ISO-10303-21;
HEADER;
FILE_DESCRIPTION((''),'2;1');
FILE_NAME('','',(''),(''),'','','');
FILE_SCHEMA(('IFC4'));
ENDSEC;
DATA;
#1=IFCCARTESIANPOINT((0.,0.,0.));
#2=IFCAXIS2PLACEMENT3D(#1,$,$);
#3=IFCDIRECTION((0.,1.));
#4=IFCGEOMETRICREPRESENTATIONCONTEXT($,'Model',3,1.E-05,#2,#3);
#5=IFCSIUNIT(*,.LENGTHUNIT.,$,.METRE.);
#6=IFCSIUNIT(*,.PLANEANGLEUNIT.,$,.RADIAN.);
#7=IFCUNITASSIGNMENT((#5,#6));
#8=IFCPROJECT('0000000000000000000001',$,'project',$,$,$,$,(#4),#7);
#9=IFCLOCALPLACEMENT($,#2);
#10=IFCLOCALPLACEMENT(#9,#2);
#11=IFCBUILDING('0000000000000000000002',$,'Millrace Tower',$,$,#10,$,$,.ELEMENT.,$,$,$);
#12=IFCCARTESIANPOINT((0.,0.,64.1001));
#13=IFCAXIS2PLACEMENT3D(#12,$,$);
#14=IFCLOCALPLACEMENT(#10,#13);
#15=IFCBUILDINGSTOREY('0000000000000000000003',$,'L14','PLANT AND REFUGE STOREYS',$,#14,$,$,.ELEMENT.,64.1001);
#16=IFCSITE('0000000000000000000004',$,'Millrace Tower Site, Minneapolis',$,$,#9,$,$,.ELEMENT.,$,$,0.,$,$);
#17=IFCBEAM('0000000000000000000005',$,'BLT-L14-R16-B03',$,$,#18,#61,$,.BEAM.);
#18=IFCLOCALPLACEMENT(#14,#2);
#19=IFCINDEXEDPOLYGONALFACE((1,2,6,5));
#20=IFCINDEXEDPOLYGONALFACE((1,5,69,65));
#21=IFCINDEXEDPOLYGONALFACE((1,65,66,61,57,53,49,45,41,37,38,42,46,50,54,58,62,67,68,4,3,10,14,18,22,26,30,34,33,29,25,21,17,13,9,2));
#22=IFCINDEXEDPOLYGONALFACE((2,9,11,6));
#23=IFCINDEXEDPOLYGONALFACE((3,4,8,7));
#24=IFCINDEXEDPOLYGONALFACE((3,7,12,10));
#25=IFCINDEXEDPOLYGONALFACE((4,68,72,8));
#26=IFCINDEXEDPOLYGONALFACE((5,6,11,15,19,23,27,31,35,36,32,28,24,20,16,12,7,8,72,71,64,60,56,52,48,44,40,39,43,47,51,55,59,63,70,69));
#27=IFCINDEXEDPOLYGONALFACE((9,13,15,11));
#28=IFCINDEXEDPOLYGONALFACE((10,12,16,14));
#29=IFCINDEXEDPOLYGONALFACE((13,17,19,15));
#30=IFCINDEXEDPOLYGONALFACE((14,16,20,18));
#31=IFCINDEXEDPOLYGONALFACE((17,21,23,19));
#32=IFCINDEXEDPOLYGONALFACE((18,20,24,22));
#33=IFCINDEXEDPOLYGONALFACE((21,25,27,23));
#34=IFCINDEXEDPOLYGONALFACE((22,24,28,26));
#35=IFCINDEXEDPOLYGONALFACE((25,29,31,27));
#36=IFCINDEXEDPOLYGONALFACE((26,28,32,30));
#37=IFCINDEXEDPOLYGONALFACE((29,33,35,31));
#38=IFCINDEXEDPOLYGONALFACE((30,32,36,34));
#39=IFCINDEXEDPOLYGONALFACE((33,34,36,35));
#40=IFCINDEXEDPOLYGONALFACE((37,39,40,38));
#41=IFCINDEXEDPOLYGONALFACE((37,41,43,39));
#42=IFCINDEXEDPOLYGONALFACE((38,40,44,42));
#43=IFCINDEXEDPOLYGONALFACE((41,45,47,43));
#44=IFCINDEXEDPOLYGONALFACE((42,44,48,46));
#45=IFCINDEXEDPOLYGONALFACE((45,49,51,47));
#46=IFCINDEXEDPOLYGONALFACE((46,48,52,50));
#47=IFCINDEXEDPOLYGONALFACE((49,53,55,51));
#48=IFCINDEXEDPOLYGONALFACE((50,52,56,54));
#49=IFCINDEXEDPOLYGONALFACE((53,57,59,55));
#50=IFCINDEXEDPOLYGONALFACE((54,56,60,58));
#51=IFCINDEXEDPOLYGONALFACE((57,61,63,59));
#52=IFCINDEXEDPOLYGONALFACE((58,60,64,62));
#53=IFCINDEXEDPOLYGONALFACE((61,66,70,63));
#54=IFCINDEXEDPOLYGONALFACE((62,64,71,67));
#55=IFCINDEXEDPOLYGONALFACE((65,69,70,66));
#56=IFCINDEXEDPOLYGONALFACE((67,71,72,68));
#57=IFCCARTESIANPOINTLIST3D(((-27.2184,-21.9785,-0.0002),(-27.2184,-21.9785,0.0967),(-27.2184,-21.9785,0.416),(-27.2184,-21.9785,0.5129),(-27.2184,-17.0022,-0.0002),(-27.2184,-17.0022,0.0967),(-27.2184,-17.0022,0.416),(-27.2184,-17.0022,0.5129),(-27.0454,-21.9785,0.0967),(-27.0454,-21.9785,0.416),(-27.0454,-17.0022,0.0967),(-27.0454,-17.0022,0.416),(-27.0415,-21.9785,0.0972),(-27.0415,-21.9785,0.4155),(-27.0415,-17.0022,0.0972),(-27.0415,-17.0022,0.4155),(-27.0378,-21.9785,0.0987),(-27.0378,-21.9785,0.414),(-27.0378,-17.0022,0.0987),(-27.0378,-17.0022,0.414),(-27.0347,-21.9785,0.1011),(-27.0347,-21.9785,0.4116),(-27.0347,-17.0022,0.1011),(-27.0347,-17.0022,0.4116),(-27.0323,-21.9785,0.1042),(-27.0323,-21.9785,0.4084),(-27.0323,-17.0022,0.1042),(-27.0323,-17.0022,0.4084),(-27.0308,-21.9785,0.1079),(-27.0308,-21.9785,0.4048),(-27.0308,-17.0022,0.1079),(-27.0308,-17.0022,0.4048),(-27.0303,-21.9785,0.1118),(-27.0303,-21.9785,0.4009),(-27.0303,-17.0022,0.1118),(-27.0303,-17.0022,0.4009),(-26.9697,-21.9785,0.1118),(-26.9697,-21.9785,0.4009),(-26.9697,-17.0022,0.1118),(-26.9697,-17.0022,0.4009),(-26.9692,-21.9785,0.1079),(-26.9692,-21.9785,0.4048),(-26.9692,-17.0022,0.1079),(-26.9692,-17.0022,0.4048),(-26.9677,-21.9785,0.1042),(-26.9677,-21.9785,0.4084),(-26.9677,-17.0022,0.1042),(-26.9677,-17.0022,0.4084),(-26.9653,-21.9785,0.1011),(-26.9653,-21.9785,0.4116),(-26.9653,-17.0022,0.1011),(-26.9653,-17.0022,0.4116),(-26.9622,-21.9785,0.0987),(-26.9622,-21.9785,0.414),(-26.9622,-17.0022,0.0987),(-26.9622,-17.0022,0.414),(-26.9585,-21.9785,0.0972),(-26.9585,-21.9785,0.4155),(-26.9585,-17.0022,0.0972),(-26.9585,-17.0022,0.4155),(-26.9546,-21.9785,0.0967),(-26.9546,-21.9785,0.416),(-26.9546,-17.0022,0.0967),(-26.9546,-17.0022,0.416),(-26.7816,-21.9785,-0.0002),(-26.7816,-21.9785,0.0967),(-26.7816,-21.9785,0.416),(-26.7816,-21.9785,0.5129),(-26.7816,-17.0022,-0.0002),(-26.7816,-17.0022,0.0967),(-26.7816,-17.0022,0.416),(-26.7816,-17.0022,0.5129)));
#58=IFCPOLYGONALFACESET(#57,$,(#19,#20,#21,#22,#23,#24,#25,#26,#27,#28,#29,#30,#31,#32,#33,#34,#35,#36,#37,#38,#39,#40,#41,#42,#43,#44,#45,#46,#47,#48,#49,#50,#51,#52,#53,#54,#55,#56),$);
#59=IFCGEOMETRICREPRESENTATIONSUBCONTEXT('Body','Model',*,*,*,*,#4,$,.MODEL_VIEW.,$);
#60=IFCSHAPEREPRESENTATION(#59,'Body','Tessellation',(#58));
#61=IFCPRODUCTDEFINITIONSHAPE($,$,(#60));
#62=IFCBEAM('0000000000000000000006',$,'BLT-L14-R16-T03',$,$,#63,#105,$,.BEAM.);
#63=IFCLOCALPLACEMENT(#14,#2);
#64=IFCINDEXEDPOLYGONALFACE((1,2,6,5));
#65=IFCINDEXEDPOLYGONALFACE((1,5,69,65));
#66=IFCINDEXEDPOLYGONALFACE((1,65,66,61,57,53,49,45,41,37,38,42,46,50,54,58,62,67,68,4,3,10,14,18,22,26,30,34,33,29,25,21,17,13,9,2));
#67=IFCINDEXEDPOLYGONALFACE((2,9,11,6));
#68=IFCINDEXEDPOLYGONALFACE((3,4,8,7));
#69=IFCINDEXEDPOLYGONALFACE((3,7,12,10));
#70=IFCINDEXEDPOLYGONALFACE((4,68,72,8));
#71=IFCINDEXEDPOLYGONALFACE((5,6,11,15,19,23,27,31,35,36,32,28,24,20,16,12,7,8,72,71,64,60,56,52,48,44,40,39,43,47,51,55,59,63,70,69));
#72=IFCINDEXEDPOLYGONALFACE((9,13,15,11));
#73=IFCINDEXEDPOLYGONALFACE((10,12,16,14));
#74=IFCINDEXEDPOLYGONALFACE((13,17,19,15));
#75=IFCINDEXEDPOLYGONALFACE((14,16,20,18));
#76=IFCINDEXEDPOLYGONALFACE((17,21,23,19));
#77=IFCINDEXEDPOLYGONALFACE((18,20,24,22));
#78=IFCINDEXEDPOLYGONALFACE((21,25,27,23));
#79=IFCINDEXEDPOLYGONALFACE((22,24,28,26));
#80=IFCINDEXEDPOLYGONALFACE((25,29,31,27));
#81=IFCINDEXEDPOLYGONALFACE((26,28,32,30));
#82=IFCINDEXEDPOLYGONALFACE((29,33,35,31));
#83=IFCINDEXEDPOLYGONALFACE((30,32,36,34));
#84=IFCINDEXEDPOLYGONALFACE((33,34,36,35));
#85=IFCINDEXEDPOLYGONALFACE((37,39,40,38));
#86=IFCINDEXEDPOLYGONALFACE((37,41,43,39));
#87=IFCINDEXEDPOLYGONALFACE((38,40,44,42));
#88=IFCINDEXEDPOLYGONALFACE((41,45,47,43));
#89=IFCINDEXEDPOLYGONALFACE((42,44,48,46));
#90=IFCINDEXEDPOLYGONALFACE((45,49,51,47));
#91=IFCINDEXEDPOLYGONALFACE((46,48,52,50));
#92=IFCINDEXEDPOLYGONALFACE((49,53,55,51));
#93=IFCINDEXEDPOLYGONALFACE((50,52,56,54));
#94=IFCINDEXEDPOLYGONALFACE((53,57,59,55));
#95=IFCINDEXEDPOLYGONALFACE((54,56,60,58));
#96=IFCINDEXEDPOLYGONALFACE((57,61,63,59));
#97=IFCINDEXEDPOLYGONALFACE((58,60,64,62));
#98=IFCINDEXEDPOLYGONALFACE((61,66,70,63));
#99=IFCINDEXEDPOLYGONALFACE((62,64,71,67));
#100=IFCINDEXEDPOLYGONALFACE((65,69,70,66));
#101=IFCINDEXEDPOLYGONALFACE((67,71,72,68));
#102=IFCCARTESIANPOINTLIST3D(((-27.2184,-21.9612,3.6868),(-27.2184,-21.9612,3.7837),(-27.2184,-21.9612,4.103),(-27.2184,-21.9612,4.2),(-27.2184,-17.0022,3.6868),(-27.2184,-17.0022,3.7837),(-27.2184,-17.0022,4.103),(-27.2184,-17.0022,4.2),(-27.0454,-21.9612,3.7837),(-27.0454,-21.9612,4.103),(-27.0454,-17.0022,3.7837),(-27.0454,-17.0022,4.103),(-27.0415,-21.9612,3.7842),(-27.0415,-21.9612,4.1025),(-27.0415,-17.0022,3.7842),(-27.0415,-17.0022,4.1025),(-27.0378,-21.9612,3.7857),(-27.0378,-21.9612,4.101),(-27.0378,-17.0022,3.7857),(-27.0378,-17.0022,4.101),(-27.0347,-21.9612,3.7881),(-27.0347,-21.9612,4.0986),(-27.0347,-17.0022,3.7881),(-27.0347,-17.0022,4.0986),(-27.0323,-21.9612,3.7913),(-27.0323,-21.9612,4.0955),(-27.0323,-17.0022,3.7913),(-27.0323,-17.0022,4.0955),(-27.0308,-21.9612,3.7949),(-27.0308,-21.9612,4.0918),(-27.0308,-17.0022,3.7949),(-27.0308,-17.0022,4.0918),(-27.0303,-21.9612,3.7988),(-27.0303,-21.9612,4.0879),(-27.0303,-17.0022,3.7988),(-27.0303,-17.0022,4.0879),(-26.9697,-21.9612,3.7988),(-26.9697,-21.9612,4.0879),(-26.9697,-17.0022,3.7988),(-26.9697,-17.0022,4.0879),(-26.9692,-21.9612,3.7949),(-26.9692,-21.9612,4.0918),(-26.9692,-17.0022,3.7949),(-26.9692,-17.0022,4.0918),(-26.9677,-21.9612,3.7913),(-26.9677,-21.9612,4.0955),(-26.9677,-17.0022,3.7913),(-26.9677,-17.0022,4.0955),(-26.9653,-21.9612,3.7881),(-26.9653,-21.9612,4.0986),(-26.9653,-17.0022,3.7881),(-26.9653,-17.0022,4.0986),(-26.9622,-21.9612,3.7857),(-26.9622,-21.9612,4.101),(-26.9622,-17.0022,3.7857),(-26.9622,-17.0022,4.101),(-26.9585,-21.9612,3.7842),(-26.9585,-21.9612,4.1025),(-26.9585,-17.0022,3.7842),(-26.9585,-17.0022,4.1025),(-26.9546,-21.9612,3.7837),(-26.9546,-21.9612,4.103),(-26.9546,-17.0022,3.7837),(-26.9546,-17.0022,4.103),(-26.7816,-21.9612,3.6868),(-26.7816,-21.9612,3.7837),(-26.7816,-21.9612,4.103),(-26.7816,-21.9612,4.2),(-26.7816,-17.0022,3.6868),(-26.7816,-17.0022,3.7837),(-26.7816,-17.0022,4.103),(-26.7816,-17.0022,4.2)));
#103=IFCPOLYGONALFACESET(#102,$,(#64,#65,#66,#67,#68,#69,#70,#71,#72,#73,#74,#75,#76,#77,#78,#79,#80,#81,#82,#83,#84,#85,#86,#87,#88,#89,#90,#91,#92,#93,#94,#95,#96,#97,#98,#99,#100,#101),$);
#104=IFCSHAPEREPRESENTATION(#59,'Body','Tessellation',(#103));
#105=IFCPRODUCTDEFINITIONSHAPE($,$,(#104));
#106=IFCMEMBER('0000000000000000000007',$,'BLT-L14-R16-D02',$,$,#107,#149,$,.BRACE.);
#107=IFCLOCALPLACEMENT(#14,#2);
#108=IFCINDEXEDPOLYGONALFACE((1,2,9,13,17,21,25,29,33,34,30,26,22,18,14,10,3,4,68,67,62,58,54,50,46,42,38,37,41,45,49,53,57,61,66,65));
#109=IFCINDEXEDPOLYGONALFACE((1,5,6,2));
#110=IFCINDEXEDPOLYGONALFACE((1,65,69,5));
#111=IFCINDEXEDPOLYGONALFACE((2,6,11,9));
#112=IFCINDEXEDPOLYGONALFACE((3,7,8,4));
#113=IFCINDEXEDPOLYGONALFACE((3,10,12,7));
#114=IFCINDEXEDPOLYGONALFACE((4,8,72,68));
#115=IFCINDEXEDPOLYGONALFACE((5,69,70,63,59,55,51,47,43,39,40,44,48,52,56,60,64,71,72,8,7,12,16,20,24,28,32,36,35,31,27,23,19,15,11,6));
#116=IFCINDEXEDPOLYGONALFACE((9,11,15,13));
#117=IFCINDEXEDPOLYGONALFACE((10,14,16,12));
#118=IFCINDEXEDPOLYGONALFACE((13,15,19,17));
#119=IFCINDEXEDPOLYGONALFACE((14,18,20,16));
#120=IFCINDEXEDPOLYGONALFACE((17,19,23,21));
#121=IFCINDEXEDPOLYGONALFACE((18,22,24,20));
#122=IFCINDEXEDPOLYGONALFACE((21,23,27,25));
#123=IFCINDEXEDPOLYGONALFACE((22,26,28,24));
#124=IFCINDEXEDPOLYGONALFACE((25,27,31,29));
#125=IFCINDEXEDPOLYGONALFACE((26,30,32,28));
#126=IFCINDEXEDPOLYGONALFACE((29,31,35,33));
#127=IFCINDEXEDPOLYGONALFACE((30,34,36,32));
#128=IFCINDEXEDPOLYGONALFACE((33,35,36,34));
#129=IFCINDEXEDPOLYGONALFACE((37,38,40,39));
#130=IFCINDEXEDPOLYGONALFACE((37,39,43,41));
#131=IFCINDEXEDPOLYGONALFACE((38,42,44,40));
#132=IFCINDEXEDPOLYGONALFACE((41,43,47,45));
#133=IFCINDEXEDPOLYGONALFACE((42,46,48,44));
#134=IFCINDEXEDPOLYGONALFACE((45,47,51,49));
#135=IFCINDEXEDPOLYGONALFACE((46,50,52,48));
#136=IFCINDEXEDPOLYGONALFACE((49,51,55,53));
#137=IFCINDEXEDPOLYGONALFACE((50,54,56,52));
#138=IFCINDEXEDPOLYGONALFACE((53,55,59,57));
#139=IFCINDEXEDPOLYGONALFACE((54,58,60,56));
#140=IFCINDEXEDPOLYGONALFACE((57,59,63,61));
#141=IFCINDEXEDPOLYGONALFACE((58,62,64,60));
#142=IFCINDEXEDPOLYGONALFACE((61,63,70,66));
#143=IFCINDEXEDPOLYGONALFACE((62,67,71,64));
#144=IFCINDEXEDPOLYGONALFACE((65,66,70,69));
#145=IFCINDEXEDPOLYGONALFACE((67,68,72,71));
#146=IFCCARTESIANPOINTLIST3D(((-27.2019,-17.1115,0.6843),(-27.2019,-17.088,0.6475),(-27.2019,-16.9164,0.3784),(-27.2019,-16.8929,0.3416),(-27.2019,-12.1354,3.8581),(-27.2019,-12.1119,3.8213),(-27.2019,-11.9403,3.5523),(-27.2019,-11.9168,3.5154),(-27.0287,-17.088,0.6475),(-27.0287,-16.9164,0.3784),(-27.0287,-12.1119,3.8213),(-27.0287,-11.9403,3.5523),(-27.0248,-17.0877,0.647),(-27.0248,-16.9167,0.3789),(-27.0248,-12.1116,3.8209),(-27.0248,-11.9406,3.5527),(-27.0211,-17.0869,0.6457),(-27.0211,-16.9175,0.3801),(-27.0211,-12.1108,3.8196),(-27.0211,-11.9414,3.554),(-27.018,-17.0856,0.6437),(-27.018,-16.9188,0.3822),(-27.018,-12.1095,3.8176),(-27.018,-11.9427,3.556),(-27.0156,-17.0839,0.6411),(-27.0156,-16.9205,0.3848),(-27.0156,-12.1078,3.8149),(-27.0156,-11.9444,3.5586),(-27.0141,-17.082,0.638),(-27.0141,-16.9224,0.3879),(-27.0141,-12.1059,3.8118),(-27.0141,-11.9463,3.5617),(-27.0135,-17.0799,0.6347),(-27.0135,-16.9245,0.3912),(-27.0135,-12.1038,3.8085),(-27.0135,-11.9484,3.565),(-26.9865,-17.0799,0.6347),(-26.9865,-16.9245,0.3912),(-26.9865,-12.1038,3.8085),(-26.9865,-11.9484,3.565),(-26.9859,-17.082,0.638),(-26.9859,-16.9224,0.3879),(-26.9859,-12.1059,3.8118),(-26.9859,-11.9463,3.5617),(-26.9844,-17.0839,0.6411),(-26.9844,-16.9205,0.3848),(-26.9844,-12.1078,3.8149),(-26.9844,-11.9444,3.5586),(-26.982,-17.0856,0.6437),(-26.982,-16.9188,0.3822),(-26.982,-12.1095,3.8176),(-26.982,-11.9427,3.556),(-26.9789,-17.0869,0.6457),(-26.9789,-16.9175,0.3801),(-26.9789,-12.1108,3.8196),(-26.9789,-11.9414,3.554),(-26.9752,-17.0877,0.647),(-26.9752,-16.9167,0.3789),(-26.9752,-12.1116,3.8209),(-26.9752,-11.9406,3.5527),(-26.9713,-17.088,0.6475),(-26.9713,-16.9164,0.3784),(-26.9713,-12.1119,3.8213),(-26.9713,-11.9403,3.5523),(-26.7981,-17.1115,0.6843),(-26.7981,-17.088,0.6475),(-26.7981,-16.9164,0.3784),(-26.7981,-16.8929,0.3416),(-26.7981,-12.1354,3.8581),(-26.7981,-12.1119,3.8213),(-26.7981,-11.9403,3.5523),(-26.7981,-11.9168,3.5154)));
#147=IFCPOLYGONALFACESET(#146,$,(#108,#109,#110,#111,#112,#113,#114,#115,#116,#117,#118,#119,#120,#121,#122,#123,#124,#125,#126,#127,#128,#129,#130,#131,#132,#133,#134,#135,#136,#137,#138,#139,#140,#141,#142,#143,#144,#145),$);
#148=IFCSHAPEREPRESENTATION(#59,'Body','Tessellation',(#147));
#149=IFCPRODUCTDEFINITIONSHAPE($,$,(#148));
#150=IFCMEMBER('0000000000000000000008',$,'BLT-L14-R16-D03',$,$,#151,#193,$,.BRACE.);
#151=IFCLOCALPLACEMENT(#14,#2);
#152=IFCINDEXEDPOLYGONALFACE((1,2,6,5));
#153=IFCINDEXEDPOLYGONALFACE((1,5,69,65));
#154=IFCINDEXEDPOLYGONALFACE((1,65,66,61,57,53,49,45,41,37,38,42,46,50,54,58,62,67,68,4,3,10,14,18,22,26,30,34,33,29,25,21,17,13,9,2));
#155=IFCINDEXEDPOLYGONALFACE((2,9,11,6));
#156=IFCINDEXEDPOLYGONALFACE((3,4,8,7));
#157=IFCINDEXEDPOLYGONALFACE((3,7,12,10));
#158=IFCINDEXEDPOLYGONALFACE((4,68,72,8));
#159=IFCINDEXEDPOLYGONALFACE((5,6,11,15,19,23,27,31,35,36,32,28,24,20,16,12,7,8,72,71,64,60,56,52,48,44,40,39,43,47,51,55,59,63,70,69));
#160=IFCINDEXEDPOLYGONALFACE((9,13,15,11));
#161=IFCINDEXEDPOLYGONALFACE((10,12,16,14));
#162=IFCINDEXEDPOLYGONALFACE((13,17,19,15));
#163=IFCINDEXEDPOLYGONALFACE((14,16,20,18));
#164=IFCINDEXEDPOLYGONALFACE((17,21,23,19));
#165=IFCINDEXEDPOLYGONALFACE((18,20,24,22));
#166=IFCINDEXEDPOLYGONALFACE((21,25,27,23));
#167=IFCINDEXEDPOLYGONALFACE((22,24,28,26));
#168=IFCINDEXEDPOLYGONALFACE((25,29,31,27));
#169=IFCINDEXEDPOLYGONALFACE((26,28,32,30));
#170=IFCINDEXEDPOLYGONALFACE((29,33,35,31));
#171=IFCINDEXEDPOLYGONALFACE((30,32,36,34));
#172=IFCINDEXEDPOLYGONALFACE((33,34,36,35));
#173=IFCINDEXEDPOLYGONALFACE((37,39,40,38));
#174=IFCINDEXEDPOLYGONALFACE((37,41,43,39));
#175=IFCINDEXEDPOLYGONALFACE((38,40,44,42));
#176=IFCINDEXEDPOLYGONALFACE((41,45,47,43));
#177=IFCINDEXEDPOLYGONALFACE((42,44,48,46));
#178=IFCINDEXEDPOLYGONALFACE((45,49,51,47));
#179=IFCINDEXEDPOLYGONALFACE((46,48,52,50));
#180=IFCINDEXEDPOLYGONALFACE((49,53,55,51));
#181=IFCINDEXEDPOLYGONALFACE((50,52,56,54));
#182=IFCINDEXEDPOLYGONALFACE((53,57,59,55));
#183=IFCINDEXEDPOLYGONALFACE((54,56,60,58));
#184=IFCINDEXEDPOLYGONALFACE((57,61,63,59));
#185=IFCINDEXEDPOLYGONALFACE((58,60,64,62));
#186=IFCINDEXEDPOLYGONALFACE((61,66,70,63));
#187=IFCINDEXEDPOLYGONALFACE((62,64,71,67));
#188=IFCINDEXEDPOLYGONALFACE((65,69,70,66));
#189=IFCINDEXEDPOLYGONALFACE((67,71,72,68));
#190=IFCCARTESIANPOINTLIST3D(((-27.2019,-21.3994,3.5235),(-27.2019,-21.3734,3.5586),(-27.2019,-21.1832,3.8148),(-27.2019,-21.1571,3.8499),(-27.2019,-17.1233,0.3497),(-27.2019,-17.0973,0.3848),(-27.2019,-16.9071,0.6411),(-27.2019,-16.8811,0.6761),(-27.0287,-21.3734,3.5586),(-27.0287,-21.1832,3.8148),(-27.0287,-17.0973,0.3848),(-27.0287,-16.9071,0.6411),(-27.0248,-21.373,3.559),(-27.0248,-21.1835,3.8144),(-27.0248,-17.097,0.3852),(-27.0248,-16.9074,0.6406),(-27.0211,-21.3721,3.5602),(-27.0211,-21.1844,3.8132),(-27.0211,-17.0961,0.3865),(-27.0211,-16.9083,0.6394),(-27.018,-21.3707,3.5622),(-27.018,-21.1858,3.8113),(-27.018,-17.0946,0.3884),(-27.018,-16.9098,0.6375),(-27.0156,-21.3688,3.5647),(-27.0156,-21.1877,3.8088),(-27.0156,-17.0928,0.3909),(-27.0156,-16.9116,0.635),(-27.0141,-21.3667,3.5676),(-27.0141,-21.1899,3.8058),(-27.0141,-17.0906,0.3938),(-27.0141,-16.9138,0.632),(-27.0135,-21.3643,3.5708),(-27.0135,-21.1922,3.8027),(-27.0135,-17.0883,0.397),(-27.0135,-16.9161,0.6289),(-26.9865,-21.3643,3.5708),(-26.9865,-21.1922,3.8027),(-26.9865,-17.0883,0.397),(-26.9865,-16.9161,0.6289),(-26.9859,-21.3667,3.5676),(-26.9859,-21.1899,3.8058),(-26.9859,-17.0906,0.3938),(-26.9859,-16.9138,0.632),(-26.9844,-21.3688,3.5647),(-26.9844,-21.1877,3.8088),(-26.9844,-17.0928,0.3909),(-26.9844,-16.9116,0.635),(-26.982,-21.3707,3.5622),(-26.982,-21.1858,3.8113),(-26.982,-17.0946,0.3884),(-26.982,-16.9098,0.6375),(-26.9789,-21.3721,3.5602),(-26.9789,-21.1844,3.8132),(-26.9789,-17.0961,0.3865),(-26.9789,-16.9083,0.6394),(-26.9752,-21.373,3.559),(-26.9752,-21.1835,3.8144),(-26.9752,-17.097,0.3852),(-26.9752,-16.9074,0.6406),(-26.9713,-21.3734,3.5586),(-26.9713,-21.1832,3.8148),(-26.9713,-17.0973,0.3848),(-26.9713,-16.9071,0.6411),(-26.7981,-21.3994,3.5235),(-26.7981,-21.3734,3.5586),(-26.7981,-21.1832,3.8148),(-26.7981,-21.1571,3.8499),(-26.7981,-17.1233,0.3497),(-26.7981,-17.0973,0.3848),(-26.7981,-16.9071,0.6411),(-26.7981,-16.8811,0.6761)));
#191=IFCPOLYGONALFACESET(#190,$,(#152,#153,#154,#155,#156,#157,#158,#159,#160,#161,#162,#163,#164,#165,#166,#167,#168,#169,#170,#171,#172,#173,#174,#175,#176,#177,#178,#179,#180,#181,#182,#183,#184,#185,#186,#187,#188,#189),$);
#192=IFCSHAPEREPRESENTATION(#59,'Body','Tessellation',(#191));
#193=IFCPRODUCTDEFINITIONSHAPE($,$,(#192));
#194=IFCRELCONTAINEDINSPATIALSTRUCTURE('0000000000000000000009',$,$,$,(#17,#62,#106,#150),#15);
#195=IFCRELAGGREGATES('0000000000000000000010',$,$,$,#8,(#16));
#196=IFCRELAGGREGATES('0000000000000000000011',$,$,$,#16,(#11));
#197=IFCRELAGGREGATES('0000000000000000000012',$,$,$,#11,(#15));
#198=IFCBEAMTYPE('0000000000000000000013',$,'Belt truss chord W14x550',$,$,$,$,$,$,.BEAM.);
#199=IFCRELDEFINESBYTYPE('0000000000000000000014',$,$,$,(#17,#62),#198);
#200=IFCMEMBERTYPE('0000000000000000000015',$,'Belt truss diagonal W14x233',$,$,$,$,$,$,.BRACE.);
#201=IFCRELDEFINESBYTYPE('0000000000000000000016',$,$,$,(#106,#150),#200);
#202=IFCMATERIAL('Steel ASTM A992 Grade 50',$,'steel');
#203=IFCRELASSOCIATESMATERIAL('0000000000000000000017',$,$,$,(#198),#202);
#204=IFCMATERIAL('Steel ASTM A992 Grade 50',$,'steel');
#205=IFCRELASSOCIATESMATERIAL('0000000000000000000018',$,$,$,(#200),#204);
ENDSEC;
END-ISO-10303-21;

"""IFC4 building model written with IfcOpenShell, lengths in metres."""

from ifc_helpers import new_model, si_unit, direction, frame, origin, origin_2d, place, context, subcontext, project, spatial, i_section, extrude, material, material_profile, profile_set, type_object, element, save


model = new_model("IFC4")

# Units and contexts
model_context = context("Model", 3, precision=1e-05, world=origin(), true_north=direction((0.0, 1.0)))
body_context = subcontext(model_context, "Body", "Model", "MODEL_VIEW")
ifc_project = project(units=[si_unit("LENGTHUNIT", "METRE"), si_unit("PLANEANGLEUNIT", "RADIAN")], contexts=[model_context])

# Site, building, storey
site_placement = place(None, origin())
site = spatial("IfcSite", under=ifc_project, at=site_placement, Name="Millrace Tower Site, Minneapolis", CompositionType="ELEMENT", RefElevation=0.0)
building_placement = place(site_placement, origin())
building = spatial("IfcBuilding", under=site, at=building_placement, Name="Millrace Tower", CompositionType="ELEMENT")
storey_placement = place(building_placement, frame((0.0, 0.0, 64.1001)))
storey = spatial("IfcBuildingStorey", under=building, at=storey_placement, Name="L14", Description="PLANT AND REFUGE STOREYS", CompositionType="ELEMENT", Elevation=64.1001)

# Beams
ifc_material_1 = material(Name="Steel ASTM A992 Grade 50", Category="steel")
ifc_material_profile_1 = material_profile(ifc_material_1, i_section(OverallWidth=0.4368, OverallDepth=0.5132, WebThickness=0.0605, FlangeThickness=0.0969, FilletRadius=0.0151, at=origin_2d()))
ifc_profile_set_1 = profile_set([ifc_material_profile_1], Name="Steel ASTM A992 Grade 50")
beam_type_1 = type_object("IfcBeamType", Name="Belt truss chord W14x550", PredefinedType="BEAM", material=ifc_profile_set_1)
beam_1_placement = place(storey_placement, frame((-27.0, -17.0022, 0.2563), z_axis=(0.0, -1.0, 0.0), x_axis=(1.0, 0.0, 0.0)))
element("IfcBeam", 1, at=beam_1_placement, inside=storey, type_object=beam_type_1, Name="BLT-L14-R16-B03", PredefinedType="BEAM", context=body_context, shape_type="SweptSolid", body=[
    extrude(i_section(OverallWidth=0.4368, OverallDepth=0.5132, WebThickness=0.0605, FlangeThickness=0.0969, FilletRadius=0.0151, at=origin_2d()), origin(), (0.0, 0.0, 1.0), 4.9763),
])
beam_2_placement = place(storey_placement, frame((-27.0, -17.0022, 3.9434), z_axis=(0.0, -1.0, 0.0), x_axis=(1.0, 0.0, 0.0)))
element("IfcBeam", 2, at=beam_2_placement, inside=storey, type_object=beam_type_1, Name="BLT-L14-R16-T03", PredefinedType="BEAM", context=body_context, shape_type="SweptSolid", body=[
    extrude(i_section(OverallWidth=0.4368, OverallDepth=0.5132, WebThickness=0.0605, FlangeThickness=0.0969, FilletRadius=0.0151, at=origin_2d()), origin(), (0.0, 0.0, 1.0), 4.959),
])

# Members
ifc_material_2 = material(Name="Steel ASTM A992 Grade 50", Category="steel")
ifc_material_profile_2 = material_profile(ifc_material_2, i_section(OverallWidth=0.4038, OverallDepth=0.4065, WebThickness=0.0271, FlangeThickness=0.0437, FilletRadius=0.0151, at=origin_2d()))
ifc_profile_set_2 = profile_set([ifc_material_profile_2], Name="Steel ASTM A992 Grade 50")
member_type_1 = type_object("IfcMemberType", Name="Belt truss diagonal W14x233", PredefinedType="BRACE", material=ifc_profile_set_2)
member_1_placement = place(storey_placement, frame((-27.0, -17.0022, 0.5129), z_axis=(0.0, 0.843106, 0.537748), x_axis=(-1.0, 0.0, 0.0)))
element("IfcMember", 3, at=member_1_placement, inside=storey, type_object=member_type_1, Name="BLT-L14-R16-D02", PredefinedType="BRACE", context=body_context, shape_type="SweptSolid", body=[
    extrude(i_section(OverallWidth=0.4038, OverallDepth=0.4065, WebThickness=0.0271, FlangeThickness=0.0437, FilletRadius=0.0151, at=origin_2d()), origin(), (0.0, 0.0, 1.0), 5.9021),
])
member_2_placement = place(storey_placement, frame((-27.0, -17.0022, 0.5129), z_axis=(0.0, -0.802988, 0.595995), x_axis=(1.0, 0.0, 0.0)))
element("IfcMember", 4, at=member_2_placement, inside=storey, type_object=member_type_1, Name="BLT-L14-R16-D03", PredefinedType="BRACE", context=body_context, shape_type="SweptSolid", body=[
    extrude(i_section(OverallWidth=0.4038, OverallDepth=0.4065, WebThickness=0.0271, FlangeThickness=0.0437, FilletRadius=0.0151, at=origin_2d()), origin(), (0.0, 0.0, 1.0), 5.3252),
])

save(model, "model.ifc")
